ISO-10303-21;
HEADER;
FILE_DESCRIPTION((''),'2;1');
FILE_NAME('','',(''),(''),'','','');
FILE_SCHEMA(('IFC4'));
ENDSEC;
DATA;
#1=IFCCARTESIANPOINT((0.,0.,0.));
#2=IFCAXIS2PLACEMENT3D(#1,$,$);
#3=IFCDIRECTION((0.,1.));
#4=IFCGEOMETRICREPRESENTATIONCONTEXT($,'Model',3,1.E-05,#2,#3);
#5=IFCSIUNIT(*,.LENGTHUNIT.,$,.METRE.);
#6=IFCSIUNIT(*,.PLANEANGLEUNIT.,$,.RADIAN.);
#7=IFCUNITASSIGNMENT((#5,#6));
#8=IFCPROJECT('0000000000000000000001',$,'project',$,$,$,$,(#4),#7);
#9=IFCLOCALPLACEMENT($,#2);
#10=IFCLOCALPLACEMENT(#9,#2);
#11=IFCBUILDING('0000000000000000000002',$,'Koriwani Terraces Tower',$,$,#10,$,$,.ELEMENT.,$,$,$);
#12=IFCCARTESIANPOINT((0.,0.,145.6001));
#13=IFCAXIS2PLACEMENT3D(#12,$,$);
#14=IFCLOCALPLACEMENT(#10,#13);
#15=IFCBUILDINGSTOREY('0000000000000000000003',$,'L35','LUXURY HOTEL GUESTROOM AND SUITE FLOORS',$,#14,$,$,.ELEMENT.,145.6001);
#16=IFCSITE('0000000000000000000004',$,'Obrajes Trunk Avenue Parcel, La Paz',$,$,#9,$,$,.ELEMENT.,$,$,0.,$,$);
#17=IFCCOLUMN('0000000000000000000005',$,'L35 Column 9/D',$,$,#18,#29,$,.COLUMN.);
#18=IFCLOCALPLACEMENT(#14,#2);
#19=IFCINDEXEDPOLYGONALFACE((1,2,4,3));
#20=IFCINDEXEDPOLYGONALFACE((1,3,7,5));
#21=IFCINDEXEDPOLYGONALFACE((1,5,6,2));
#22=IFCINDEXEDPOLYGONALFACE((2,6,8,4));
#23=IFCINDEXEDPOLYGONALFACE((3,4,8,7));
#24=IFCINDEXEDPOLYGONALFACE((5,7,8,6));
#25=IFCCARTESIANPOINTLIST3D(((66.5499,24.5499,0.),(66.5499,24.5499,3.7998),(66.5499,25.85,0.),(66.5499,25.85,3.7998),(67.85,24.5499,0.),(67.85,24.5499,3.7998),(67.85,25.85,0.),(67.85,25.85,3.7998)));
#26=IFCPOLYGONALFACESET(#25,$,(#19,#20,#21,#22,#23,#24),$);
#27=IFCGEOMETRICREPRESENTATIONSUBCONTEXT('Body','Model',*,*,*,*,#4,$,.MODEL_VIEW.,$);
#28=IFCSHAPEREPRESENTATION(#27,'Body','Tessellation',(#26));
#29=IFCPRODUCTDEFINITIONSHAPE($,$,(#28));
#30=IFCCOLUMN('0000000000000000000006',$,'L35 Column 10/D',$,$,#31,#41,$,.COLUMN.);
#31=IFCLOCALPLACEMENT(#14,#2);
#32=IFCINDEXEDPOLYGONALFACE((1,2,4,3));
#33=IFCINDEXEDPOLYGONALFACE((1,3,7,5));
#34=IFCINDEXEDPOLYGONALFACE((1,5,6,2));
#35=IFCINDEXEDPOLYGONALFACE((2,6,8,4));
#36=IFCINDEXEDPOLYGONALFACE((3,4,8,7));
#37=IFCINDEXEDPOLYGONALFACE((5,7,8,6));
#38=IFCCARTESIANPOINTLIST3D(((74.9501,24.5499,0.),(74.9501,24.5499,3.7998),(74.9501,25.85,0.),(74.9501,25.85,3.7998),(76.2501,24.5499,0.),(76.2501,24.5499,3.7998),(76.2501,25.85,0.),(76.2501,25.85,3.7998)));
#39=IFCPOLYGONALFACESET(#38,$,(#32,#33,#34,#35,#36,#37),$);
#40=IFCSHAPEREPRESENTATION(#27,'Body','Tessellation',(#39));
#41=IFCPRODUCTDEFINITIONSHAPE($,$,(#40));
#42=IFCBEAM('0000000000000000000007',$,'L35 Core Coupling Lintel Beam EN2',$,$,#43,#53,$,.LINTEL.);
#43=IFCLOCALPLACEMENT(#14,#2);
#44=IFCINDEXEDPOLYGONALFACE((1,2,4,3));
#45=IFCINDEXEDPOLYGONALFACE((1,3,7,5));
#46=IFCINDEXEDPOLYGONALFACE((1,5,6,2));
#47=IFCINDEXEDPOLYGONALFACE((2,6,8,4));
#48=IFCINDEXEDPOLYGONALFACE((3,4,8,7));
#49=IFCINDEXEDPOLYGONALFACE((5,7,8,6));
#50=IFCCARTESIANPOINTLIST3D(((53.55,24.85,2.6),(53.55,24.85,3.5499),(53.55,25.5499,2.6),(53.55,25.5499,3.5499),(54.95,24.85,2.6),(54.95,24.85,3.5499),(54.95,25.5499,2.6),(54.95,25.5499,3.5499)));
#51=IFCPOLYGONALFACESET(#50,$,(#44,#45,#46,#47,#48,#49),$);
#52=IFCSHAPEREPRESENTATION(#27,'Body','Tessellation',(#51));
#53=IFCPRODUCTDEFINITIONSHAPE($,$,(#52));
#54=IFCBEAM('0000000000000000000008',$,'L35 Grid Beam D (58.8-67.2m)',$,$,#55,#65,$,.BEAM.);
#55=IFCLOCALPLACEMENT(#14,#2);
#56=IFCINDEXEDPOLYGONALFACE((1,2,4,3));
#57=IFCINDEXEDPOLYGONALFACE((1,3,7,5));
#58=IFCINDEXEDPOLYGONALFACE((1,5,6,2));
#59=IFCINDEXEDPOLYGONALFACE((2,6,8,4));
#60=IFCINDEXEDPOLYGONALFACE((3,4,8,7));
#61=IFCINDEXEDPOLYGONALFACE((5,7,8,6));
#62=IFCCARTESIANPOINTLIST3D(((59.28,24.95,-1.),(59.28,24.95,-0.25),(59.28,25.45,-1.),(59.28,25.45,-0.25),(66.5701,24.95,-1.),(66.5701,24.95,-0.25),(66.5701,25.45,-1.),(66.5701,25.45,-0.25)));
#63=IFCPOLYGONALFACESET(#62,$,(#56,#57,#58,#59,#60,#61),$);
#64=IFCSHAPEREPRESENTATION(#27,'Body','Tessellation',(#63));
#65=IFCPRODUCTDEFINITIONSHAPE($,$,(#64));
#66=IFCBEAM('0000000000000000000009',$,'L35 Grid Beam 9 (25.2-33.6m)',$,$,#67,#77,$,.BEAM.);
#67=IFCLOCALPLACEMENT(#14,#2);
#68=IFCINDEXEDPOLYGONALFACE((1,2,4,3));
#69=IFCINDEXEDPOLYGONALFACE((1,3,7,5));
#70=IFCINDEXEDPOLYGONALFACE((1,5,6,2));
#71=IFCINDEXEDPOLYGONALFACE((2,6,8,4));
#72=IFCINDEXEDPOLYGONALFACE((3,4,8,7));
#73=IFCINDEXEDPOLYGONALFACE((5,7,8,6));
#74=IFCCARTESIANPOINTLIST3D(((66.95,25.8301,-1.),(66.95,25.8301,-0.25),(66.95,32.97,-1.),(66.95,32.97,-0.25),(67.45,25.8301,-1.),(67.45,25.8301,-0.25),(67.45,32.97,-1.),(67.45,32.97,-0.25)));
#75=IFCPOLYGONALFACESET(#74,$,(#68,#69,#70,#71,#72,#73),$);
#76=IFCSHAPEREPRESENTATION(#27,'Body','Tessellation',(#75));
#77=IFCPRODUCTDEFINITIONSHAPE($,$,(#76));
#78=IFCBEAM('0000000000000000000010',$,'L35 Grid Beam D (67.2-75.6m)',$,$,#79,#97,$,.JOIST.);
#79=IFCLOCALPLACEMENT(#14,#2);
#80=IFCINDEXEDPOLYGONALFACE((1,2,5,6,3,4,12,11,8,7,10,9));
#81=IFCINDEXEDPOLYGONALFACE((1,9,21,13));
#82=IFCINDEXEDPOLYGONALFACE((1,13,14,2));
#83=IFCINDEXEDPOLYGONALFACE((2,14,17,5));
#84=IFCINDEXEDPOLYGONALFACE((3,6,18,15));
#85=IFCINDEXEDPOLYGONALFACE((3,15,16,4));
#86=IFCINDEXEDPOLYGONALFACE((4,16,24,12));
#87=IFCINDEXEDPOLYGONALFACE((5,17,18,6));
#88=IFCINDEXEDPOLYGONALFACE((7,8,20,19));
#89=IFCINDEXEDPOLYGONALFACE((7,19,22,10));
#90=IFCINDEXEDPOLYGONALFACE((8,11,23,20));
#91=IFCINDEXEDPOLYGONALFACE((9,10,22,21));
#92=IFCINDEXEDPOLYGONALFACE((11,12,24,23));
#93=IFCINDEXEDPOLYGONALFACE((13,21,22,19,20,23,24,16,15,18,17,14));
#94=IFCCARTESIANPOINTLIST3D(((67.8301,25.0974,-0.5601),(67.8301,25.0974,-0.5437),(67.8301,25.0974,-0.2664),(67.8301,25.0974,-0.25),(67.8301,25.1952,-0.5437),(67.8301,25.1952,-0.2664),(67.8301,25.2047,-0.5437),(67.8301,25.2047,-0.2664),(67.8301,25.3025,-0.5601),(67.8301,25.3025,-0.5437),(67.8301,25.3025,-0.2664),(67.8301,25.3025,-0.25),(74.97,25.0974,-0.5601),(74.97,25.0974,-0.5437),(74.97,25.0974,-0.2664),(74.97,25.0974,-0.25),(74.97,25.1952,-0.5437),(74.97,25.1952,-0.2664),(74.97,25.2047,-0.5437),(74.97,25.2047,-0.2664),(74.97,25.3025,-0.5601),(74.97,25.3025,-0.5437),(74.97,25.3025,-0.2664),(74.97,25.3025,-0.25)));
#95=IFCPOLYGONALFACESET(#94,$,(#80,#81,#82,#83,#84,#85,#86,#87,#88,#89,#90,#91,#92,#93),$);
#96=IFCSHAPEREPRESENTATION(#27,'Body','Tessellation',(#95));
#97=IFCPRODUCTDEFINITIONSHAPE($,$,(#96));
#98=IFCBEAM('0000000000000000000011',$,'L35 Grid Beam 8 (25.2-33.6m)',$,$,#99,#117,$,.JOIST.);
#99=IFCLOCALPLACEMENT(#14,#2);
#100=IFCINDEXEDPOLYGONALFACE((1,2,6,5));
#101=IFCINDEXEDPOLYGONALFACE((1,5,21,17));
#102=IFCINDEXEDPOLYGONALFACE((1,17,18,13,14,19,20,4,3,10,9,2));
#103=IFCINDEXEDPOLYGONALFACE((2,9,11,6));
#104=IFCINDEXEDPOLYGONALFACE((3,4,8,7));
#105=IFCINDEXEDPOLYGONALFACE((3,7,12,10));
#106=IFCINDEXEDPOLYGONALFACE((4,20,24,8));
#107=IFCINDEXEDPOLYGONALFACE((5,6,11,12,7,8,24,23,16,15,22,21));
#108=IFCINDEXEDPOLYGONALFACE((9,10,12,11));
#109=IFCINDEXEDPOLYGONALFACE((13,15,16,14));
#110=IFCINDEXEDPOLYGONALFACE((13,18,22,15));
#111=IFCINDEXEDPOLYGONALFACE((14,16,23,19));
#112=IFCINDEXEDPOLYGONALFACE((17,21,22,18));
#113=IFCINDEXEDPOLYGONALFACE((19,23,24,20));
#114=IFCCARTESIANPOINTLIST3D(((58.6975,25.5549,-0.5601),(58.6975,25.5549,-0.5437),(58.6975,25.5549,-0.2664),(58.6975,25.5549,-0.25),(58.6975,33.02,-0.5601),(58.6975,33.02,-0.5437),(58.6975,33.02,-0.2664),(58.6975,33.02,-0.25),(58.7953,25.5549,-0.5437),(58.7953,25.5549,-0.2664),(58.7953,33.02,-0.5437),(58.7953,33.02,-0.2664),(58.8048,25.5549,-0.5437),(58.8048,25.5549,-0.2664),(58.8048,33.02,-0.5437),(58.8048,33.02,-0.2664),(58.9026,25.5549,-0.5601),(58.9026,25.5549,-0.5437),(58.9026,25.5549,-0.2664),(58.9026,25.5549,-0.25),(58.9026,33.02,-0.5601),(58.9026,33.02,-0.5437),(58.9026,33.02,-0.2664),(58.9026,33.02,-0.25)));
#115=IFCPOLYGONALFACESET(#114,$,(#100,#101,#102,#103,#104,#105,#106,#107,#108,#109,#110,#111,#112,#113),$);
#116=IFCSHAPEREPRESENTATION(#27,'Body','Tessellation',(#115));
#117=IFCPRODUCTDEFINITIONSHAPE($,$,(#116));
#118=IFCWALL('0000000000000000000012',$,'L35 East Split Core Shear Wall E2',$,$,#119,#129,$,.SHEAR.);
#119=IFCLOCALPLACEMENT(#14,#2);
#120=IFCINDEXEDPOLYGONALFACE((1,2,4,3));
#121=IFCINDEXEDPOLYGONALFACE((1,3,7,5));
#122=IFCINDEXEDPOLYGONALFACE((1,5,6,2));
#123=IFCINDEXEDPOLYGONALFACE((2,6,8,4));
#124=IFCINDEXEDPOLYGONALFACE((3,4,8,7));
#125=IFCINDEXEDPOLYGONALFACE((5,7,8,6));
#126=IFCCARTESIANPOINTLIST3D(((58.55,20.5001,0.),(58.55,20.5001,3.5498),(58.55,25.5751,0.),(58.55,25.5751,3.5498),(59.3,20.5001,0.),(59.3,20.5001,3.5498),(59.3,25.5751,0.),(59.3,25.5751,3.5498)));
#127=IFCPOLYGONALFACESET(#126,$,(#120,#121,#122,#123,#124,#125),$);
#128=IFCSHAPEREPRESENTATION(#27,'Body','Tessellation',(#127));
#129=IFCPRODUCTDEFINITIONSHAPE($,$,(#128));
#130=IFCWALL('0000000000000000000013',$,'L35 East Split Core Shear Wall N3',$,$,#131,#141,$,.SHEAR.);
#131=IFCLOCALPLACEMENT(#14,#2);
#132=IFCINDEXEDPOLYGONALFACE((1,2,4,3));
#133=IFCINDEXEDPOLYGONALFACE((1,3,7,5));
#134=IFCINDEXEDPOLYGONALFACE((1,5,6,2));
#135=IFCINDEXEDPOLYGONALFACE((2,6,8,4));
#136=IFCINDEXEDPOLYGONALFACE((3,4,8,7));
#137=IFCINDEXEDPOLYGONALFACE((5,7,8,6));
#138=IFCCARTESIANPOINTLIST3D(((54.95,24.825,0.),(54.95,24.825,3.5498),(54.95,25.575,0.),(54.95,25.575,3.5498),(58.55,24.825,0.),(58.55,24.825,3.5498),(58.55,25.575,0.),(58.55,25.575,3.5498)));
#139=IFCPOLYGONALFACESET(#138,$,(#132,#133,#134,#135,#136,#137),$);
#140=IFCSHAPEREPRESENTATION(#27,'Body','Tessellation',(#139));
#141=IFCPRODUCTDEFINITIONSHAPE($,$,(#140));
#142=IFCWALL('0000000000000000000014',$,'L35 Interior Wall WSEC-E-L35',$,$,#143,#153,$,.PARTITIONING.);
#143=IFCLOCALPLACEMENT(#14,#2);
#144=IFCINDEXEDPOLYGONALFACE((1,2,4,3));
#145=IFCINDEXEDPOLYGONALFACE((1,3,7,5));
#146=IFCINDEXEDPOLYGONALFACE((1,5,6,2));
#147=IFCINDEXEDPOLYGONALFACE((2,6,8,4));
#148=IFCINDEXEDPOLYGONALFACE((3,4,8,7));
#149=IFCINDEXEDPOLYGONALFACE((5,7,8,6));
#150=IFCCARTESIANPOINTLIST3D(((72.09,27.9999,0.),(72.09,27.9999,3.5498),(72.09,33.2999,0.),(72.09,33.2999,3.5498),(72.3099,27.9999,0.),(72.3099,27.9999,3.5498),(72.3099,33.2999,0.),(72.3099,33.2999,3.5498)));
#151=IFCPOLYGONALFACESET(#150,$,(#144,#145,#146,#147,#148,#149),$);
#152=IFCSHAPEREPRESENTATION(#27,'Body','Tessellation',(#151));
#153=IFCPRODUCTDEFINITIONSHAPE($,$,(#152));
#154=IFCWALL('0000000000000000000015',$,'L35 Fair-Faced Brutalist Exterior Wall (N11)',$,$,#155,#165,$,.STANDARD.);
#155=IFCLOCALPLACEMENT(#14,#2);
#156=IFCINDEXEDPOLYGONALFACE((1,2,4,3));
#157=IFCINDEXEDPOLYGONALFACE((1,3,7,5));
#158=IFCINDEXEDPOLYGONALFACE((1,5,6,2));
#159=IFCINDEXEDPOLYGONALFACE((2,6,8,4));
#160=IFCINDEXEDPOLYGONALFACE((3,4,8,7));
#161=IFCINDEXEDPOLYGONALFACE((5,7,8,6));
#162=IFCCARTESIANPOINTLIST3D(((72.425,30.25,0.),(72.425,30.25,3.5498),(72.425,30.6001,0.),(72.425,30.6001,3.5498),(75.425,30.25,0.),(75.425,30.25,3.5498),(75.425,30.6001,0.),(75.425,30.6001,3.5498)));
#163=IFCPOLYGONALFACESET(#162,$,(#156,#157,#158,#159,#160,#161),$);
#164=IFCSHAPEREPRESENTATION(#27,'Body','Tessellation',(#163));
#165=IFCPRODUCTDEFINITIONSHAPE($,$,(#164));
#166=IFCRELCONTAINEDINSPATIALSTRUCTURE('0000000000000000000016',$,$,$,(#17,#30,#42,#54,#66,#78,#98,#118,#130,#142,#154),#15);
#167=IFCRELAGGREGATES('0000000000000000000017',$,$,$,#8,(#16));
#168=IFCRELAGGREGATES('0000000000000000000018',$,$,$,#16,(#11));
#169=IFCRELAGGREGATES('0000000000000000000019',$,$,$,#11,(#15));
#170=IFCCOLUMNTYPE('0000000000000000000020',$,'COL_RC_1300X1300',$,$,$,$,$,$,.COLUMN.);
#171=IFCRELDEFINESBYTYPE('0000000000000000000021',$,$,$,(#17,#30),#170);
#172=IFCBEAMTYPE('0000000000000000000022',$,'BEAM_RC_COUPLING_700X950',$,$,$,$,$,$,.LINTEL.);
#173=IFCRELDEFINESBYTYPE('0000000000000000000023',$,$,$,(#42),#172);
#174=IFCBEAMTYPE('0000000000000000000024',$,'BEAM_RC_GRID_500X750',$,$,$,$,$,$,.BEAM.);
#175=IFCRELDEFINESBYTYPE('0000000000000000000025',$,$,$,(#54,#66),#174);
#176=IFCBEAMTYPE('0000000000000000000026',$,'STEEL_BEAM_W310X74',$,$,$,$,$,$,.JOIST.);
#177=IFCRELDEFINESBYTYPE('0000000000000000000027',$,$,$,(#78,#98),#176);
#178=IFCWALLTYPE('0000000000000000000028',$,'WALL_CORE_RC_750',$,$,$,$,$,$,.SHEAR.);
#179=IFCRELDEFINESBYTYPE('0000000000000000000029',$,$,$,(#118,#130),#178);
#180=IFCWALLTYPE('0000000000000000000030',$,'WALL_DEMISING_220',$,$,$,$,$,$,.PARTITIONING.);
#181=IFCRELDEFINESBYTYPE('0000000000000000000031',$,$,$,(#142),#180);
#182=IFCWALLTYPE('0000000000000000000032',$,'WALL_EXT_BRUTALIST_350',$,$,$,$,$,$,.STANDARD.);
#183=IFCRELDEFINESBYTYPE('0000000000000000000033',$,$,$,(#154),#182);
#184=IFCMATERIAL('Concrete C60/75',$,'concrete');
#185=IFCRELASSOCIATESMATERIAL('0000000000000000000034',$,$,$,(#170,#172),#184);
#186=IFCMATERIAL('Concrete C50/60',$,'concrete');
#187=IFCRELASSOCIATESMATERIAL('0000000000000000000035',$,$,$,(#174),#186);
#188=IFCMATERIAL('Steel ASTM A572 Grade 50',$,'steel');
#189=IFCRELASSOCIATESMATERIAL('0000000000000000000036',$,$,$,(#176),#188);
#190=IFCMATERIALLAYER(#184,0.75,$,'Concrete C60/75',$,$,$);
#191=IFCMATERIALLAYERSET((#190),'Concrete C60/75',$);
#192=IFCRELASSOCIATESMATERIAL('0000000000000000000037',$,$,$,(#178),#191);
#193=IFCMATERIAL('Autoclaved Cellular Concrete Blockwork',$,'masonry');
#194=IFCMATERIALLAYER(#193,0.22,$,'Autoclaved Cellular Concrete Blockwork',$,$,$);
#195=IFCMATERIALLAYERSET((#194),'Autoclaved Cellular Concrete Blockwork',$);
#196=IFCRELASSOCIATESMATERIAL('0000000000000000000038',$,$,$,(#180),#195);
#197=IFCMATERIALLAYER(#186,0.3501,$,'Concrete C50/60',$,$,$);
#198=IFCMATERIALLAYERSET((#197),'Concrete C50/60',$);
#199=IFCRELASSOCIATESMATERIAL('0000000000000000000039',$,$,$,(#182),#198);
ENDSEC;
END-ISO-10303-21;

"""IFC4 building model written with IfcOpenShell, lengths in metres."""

from ifc_helpers import new_model, si_unit, direction, frame, frame_2d, origin, origin_2d, place, context, subcontext, project, spatial, rectangle, i_section, extrude, material, layer, layer_set, material_profile, profile_set, type_object, element, save


model = new_model("IFC4")

# Units and contexts
model_context = context("Model", 3, precision=1e-05, world=origin(), true_north=direction((0.0, 1.0)))
body_context = subcontext(model_context, "Body", "Model", "MODEL_VIEW")
ifc_project = project(units=[si_unit("LENGTHUNIT", "METRE"), si_unit("PLANEANGLEUNIT", "RADIAN")], contexts=[model_context])

# Site, building, storey
site_placement = place(None, origin())
site = spatial("IfcSite", under=ifc_project, at=site_placement, Name="Obrajes Trunk Avenue Parcel, La Paz", CompositionType="ELEMENT", RefElevation=0.0)
building_placement = place(site_placement, origin())
building = spatial("IfcBuilding", under=site, at=building_placement, Name="Koriwani Terraces Tower", CompositionType="ELEMENT")
storey_placement = place(building_placement, frame((0.0, 0.0, 145.6001)))
storey = spatial("IfcBuildingStorey", under=building, at=storey_placement, Name="L35", Description="LUXURY HOTEL GUESTROOM AND SUITE FLOORS", CompositionType="ELEMENT", Elevation=145.6001)

# Columns
ifc_material_1 = material(Name="Concrete C60/75", Category="concrete")
ifc_material_profile_1 = material_profile(ifc_material_1, rectangle(XDim=1.3, YDim=1.3, at=origin_2d()), Name="Concrete C60/75", Category="LoadBearing")
ifc_profile_set_1 = profile_set([ifc_material_profile_1], Name="Concrete C60/75")
column_type = type_object("IfcColumnType", Name="COL_RC_1300X1300", PredefinedType="COLUMN", material=ifc_profile_set_1)
for number, where, z_axis, x_axis, name in (
    (1, (67.2, 25.2, 0.0), (0.0, 0.0, 1.0), (1.0, 0.0, 0.0), "L35 Column 9/D"),
    (2, (75.6001, 25.2, 0.0), (0.0, 0.0, 1.0), (1.0, 0.0, 0.0), "L35 Column 10/D"),
):
    element("IfcColumn", number, at=place(storey_placement, frame(where, z_axis=z_axis, x_axis=x_axis)), inside=storey, type_object=column_type, Name=name, PredefinedType="COLUMN", context=body_context, shape_type="SweptSolid", body=[
        extrude(rectangle(XDim=1.3, YDim=1.3, at=origin_2d()), origin(), (0.0, 0.0, 1.0), 3.7998),
    ])

# Beams
ifc_material_profile_2 = material_profile(ifc_material_1, rectangle(XDim=0.7, YDim=0.95, at=origin_2d()), Name="Concrete C60/75", Category="LoadBearing")
ifc_profile_set_2 = profile_set([ifc_material_profile_2], Name="Concrete C60/75")
beam_type_1 = type_object("IfcBeamType", Name="BEAM_RC_COUPLING_700X950", PredefinedType="LINTEL", material=ifc_profile_set_2)
beam_1_placement = place(storey_placement, frame((53.55, 25.2, 3.075), z_axis=(1.0, 0.0, 0.0), x_axis=(0.0, 1.0, 0.0)))
element("IfcBeam", 3, at=beam_1_placement, inside=storey, type_object=beam_type_1, Name="L35 Core Coupling Lintel Beam EN2", PredefinedType="LINTEL", context=body_context, shape_type="SweptSolid", body=[
    extrude(rectangle(XDim=0.7, YDim=0.95, at=origin_2d()), origin(), (0.0, 0.0, 1.0), 1.3999),
])
ifc_material_2 = material(Name="Concrete C50/60", Category="concrete")
ifc_material_profile_3 = material_profile(ifc_material_2, rectangle(XDim=0.5, YDim=0.75, at=origin_2d()), Name="Concrete C50/60", Category="LoadBearing")
ifc_profile_set_3 = profile_set([ifc_material_profile_3], Name="Concrete C50/60")
beam_type_2 = type_object("IfcBeamType", Name="BEAM_RC_GRID_500X750", PredefinedType="BEAM", material=ifc_profile_set_3)
beam_2_placement = place(storey_placement, frame((59.28, 25.2, -0.625), z_axis=(1.0, 0.0, 0.0), x_axis=(0.0, 1.0, 0.0)))
element("IfcBeam", 4, at=beam_2_placement, inside=storey, type_object=beam_type_2, Name="L35 Grid Beam D (58.8-67.2m)", PredefinedType="BEAM", context=body_context, shape_type="SweptSolid", body=[
    extrude(rectangle(XDim=0.5, YDim=0.75, at=origin_2d()), origin(), (0.0, 0.0, 1.0), 7.29),
])
beam_3_placement = place(storey_placement, frame((67.2, 25.8301, -0.625), z_axis=(0.0, 1.0, 0.0), x_axis=(-1.0, 0.0, 0.0)))
element("IfcBeam", 5, at=beam_3_placement, inside=storey, type_object=beam_type_2, Name="L35 Grid Beam 9 (25.2-33.6m)", PredefinedType="BEAM", context=body_context, shape_type="SweptSolid", body=[
    extrude(rectangle(XDim=0.5, YDim=0.75, at=origin_2d()), origin(), (0.0, 0.0, 1.0), 7.1399),
])
ifc_material_3 = material(Name="Steel ASTM A572 Grade 50", Category="steel")
ifc_material_profile_4 = material_profile(ifc_material_3, i_section(OverallWidth=0.2051, OverallDepth=0.3101, WebThickness=0.0095, FlangeThickness=0.0164, at=origin_2d()), Name="Steel ASTM A572 Grade 50", Category="LoadBearing")
ifc_profile_set_4 = profile_set([ifc_material_profile_4], Name="Steel ASTM A572 Grade 50")
beam_type_3 = type_object("IfcBeamType", Name="STEEL_BEAM_W310X74", PredefinedType="JOIST", material=ifc_profile_set_4)
beam_4_placement = place(storey_placement, frame((67.8301, 25.2, -0.405), z_axis=(1.0, 0.0, 0.0), x_axis=(0.0, 1.0, 0.0)))
element("IfcBeam", 6, at=beam_4_placement, inside=storey, type_object=beam_type_3, Name="L35 Grid Beam D (67.2-75.6m)", PredefinedType="JOIST", context=body_context, shape_type="SweptSolid", body=[
    extrude(i_section(OverallWidth=0.2051, OverallDepth=0.3101, WebThickness=0.0095, FlangeThickness=0.0164, at=origin_2d()), origin(), (0.0, 0.0, 1.0), 7.1399),
])
beam_5_placement = place(storey_placement, frame((58.8, 25.5549, -0.405), z_axis=(0.0, 1.0, 0.0), x_axis=(-1.0, 0.0, 0.0)))
element("IfcBeam", 7, at=beam_5_placement, inside=storey, type_object=beam_type_3, Name="L35 Grid Beam 8 (25.2-33.6m)", PredefinedType="JOIST", context=body_context, shape_type="SweptSolid", body=[
    extrude(i_section(OverallWidth=0.2051, OverallDepth=0.3101, WebThickness=0.0095, FlangeThickness=0.0164, at=origin_2d()), origin(), (0.0, 0.0, 1.0), 7.4651),
])

# Walls
ifc_layer_1 = layer(ifc_material_1, 0.75, Name="Concrete C60/75")
ifc_layer_set_1 = layer_set([ifc_layer_1], Name="Concrete C60/75")
wall_type_1 = type_object("IfcWallType", Name="WALL_CORE_RC_750", PredefinedType="SHEAR", material=ifc_layer_set_1)
wall_1_placement = place(storey_placement, frame((58.925, 20.5, 0.0), z_axis=(0.0, 0.0, 1.0), x_axis=(0.0, 1.0, 0.0)))
element("IfcWall", 8, at=wall_1_placement, inside=storey, type_object=wall_type_1, Name="L35 East Split Core Shear Wall E2", PredefinedType="SHEAR", context=body_context, shape_type="SweptSolid", body=[
    extrude(rectangle(XDim=5.075, YDim=0.75, at=frame_2d((2.5376, 0.0))), origin(), (0.0, 0.0, 1.0), 3.5498),
])
wall_2_placement = place(storey_placement, frame((54.95, 25.2, 0.0), z_axis=(0.0, 0.0, 1.0), x_axis=(1.0, 0.0, 0.0)))
element("IfcWall", 9, at=wall_2_placement, inside=storey, type_object=wall_type_1, Name="L35 East Split Core Shear Wall N3", PredefinedType="SHEAR", context=body_context, shape_type="SweptSolid", body=[
    extrude(rectangle(XDim=3.6001, YDim=0.75, at=frame_2d((1.8, 0.0))), origin(), (0.0, 0.0, 1.0), 3.5498),
])

# Shared definitions
ifc_material_4 = material(Name="Autoclaved Cellular Concrete Blockwork", Category="masonry")

# Walls
ifc_layer_2 = layer(ifc_material_4, 0.22, Name="Autoclaved Cellular Concrete Blockwork")
ifc_layer_set_2 = layer_set([ifc_layer_2], Name="Autoclaved Cellular Concrete Blockwork")
wall_type_2 = type_object("IfcWallType", Name="WALL_DEMISING_220", PredefinedType="PARTITIONING", material=ifc_layer_set_2)
wall_3_placement = place(storey_placement, frame((72.2, 28.0, 0.0), z_axis=(0.0, 0.0, 1.0), x_axis=(0.0, 1.0, 0.0)))
element("IfcWall", 10, at=wall_3_placement, inside=storey, type_object=wall_type_2, Name="L35 Interior Wall WSEC-E-L35", PredefinedType="PARTITIONING", context=body_context, shape_type="SweptSolid", body=[
    extrude(rectangle(XDim=5.3, YDim=0.22, at=frame_2d((2.6499, 0.0))), origin(), (0.0, 0.0, 1.0), 3.5498),
])
ifc_layer_3 = layer(ifc_material_2, 0.3501, Name="Concrete C50/60")
ifc_layer_set_3 = layer_set([ifc_layer_3], Name="Concrete C50/60")
wall_type_3 = type_object("IfcWallType", Name="WALL_EXT_BRUTALIST_350", PredefinedType="STANDARD", material=ifc_layer_set_3)
wall_4_placement = place(storey_placement, frame((72.425, 30.425, 0.0), z_axis=(0.0, 0.0, 1.0), x_axis=(1.0, 0.0, 0.0)))
element("IfcWall", 11, at=wall_4_placement, inside=storey, type_object=wall_type_3, Name="L35 Fair-Faced Brutalist Exterior Wall (N11)", PredefinedType="STANDARD", context=body_context, shape_type="SweptSolid", body=[
    extrude(rectangle(XDim=3.0, YDim=0.3501, at=frame_2d((1.5, 0.0))), origin(), (0.0, 0.0, 1.0), 3.5498),
])

save(model, "model.ifc")
